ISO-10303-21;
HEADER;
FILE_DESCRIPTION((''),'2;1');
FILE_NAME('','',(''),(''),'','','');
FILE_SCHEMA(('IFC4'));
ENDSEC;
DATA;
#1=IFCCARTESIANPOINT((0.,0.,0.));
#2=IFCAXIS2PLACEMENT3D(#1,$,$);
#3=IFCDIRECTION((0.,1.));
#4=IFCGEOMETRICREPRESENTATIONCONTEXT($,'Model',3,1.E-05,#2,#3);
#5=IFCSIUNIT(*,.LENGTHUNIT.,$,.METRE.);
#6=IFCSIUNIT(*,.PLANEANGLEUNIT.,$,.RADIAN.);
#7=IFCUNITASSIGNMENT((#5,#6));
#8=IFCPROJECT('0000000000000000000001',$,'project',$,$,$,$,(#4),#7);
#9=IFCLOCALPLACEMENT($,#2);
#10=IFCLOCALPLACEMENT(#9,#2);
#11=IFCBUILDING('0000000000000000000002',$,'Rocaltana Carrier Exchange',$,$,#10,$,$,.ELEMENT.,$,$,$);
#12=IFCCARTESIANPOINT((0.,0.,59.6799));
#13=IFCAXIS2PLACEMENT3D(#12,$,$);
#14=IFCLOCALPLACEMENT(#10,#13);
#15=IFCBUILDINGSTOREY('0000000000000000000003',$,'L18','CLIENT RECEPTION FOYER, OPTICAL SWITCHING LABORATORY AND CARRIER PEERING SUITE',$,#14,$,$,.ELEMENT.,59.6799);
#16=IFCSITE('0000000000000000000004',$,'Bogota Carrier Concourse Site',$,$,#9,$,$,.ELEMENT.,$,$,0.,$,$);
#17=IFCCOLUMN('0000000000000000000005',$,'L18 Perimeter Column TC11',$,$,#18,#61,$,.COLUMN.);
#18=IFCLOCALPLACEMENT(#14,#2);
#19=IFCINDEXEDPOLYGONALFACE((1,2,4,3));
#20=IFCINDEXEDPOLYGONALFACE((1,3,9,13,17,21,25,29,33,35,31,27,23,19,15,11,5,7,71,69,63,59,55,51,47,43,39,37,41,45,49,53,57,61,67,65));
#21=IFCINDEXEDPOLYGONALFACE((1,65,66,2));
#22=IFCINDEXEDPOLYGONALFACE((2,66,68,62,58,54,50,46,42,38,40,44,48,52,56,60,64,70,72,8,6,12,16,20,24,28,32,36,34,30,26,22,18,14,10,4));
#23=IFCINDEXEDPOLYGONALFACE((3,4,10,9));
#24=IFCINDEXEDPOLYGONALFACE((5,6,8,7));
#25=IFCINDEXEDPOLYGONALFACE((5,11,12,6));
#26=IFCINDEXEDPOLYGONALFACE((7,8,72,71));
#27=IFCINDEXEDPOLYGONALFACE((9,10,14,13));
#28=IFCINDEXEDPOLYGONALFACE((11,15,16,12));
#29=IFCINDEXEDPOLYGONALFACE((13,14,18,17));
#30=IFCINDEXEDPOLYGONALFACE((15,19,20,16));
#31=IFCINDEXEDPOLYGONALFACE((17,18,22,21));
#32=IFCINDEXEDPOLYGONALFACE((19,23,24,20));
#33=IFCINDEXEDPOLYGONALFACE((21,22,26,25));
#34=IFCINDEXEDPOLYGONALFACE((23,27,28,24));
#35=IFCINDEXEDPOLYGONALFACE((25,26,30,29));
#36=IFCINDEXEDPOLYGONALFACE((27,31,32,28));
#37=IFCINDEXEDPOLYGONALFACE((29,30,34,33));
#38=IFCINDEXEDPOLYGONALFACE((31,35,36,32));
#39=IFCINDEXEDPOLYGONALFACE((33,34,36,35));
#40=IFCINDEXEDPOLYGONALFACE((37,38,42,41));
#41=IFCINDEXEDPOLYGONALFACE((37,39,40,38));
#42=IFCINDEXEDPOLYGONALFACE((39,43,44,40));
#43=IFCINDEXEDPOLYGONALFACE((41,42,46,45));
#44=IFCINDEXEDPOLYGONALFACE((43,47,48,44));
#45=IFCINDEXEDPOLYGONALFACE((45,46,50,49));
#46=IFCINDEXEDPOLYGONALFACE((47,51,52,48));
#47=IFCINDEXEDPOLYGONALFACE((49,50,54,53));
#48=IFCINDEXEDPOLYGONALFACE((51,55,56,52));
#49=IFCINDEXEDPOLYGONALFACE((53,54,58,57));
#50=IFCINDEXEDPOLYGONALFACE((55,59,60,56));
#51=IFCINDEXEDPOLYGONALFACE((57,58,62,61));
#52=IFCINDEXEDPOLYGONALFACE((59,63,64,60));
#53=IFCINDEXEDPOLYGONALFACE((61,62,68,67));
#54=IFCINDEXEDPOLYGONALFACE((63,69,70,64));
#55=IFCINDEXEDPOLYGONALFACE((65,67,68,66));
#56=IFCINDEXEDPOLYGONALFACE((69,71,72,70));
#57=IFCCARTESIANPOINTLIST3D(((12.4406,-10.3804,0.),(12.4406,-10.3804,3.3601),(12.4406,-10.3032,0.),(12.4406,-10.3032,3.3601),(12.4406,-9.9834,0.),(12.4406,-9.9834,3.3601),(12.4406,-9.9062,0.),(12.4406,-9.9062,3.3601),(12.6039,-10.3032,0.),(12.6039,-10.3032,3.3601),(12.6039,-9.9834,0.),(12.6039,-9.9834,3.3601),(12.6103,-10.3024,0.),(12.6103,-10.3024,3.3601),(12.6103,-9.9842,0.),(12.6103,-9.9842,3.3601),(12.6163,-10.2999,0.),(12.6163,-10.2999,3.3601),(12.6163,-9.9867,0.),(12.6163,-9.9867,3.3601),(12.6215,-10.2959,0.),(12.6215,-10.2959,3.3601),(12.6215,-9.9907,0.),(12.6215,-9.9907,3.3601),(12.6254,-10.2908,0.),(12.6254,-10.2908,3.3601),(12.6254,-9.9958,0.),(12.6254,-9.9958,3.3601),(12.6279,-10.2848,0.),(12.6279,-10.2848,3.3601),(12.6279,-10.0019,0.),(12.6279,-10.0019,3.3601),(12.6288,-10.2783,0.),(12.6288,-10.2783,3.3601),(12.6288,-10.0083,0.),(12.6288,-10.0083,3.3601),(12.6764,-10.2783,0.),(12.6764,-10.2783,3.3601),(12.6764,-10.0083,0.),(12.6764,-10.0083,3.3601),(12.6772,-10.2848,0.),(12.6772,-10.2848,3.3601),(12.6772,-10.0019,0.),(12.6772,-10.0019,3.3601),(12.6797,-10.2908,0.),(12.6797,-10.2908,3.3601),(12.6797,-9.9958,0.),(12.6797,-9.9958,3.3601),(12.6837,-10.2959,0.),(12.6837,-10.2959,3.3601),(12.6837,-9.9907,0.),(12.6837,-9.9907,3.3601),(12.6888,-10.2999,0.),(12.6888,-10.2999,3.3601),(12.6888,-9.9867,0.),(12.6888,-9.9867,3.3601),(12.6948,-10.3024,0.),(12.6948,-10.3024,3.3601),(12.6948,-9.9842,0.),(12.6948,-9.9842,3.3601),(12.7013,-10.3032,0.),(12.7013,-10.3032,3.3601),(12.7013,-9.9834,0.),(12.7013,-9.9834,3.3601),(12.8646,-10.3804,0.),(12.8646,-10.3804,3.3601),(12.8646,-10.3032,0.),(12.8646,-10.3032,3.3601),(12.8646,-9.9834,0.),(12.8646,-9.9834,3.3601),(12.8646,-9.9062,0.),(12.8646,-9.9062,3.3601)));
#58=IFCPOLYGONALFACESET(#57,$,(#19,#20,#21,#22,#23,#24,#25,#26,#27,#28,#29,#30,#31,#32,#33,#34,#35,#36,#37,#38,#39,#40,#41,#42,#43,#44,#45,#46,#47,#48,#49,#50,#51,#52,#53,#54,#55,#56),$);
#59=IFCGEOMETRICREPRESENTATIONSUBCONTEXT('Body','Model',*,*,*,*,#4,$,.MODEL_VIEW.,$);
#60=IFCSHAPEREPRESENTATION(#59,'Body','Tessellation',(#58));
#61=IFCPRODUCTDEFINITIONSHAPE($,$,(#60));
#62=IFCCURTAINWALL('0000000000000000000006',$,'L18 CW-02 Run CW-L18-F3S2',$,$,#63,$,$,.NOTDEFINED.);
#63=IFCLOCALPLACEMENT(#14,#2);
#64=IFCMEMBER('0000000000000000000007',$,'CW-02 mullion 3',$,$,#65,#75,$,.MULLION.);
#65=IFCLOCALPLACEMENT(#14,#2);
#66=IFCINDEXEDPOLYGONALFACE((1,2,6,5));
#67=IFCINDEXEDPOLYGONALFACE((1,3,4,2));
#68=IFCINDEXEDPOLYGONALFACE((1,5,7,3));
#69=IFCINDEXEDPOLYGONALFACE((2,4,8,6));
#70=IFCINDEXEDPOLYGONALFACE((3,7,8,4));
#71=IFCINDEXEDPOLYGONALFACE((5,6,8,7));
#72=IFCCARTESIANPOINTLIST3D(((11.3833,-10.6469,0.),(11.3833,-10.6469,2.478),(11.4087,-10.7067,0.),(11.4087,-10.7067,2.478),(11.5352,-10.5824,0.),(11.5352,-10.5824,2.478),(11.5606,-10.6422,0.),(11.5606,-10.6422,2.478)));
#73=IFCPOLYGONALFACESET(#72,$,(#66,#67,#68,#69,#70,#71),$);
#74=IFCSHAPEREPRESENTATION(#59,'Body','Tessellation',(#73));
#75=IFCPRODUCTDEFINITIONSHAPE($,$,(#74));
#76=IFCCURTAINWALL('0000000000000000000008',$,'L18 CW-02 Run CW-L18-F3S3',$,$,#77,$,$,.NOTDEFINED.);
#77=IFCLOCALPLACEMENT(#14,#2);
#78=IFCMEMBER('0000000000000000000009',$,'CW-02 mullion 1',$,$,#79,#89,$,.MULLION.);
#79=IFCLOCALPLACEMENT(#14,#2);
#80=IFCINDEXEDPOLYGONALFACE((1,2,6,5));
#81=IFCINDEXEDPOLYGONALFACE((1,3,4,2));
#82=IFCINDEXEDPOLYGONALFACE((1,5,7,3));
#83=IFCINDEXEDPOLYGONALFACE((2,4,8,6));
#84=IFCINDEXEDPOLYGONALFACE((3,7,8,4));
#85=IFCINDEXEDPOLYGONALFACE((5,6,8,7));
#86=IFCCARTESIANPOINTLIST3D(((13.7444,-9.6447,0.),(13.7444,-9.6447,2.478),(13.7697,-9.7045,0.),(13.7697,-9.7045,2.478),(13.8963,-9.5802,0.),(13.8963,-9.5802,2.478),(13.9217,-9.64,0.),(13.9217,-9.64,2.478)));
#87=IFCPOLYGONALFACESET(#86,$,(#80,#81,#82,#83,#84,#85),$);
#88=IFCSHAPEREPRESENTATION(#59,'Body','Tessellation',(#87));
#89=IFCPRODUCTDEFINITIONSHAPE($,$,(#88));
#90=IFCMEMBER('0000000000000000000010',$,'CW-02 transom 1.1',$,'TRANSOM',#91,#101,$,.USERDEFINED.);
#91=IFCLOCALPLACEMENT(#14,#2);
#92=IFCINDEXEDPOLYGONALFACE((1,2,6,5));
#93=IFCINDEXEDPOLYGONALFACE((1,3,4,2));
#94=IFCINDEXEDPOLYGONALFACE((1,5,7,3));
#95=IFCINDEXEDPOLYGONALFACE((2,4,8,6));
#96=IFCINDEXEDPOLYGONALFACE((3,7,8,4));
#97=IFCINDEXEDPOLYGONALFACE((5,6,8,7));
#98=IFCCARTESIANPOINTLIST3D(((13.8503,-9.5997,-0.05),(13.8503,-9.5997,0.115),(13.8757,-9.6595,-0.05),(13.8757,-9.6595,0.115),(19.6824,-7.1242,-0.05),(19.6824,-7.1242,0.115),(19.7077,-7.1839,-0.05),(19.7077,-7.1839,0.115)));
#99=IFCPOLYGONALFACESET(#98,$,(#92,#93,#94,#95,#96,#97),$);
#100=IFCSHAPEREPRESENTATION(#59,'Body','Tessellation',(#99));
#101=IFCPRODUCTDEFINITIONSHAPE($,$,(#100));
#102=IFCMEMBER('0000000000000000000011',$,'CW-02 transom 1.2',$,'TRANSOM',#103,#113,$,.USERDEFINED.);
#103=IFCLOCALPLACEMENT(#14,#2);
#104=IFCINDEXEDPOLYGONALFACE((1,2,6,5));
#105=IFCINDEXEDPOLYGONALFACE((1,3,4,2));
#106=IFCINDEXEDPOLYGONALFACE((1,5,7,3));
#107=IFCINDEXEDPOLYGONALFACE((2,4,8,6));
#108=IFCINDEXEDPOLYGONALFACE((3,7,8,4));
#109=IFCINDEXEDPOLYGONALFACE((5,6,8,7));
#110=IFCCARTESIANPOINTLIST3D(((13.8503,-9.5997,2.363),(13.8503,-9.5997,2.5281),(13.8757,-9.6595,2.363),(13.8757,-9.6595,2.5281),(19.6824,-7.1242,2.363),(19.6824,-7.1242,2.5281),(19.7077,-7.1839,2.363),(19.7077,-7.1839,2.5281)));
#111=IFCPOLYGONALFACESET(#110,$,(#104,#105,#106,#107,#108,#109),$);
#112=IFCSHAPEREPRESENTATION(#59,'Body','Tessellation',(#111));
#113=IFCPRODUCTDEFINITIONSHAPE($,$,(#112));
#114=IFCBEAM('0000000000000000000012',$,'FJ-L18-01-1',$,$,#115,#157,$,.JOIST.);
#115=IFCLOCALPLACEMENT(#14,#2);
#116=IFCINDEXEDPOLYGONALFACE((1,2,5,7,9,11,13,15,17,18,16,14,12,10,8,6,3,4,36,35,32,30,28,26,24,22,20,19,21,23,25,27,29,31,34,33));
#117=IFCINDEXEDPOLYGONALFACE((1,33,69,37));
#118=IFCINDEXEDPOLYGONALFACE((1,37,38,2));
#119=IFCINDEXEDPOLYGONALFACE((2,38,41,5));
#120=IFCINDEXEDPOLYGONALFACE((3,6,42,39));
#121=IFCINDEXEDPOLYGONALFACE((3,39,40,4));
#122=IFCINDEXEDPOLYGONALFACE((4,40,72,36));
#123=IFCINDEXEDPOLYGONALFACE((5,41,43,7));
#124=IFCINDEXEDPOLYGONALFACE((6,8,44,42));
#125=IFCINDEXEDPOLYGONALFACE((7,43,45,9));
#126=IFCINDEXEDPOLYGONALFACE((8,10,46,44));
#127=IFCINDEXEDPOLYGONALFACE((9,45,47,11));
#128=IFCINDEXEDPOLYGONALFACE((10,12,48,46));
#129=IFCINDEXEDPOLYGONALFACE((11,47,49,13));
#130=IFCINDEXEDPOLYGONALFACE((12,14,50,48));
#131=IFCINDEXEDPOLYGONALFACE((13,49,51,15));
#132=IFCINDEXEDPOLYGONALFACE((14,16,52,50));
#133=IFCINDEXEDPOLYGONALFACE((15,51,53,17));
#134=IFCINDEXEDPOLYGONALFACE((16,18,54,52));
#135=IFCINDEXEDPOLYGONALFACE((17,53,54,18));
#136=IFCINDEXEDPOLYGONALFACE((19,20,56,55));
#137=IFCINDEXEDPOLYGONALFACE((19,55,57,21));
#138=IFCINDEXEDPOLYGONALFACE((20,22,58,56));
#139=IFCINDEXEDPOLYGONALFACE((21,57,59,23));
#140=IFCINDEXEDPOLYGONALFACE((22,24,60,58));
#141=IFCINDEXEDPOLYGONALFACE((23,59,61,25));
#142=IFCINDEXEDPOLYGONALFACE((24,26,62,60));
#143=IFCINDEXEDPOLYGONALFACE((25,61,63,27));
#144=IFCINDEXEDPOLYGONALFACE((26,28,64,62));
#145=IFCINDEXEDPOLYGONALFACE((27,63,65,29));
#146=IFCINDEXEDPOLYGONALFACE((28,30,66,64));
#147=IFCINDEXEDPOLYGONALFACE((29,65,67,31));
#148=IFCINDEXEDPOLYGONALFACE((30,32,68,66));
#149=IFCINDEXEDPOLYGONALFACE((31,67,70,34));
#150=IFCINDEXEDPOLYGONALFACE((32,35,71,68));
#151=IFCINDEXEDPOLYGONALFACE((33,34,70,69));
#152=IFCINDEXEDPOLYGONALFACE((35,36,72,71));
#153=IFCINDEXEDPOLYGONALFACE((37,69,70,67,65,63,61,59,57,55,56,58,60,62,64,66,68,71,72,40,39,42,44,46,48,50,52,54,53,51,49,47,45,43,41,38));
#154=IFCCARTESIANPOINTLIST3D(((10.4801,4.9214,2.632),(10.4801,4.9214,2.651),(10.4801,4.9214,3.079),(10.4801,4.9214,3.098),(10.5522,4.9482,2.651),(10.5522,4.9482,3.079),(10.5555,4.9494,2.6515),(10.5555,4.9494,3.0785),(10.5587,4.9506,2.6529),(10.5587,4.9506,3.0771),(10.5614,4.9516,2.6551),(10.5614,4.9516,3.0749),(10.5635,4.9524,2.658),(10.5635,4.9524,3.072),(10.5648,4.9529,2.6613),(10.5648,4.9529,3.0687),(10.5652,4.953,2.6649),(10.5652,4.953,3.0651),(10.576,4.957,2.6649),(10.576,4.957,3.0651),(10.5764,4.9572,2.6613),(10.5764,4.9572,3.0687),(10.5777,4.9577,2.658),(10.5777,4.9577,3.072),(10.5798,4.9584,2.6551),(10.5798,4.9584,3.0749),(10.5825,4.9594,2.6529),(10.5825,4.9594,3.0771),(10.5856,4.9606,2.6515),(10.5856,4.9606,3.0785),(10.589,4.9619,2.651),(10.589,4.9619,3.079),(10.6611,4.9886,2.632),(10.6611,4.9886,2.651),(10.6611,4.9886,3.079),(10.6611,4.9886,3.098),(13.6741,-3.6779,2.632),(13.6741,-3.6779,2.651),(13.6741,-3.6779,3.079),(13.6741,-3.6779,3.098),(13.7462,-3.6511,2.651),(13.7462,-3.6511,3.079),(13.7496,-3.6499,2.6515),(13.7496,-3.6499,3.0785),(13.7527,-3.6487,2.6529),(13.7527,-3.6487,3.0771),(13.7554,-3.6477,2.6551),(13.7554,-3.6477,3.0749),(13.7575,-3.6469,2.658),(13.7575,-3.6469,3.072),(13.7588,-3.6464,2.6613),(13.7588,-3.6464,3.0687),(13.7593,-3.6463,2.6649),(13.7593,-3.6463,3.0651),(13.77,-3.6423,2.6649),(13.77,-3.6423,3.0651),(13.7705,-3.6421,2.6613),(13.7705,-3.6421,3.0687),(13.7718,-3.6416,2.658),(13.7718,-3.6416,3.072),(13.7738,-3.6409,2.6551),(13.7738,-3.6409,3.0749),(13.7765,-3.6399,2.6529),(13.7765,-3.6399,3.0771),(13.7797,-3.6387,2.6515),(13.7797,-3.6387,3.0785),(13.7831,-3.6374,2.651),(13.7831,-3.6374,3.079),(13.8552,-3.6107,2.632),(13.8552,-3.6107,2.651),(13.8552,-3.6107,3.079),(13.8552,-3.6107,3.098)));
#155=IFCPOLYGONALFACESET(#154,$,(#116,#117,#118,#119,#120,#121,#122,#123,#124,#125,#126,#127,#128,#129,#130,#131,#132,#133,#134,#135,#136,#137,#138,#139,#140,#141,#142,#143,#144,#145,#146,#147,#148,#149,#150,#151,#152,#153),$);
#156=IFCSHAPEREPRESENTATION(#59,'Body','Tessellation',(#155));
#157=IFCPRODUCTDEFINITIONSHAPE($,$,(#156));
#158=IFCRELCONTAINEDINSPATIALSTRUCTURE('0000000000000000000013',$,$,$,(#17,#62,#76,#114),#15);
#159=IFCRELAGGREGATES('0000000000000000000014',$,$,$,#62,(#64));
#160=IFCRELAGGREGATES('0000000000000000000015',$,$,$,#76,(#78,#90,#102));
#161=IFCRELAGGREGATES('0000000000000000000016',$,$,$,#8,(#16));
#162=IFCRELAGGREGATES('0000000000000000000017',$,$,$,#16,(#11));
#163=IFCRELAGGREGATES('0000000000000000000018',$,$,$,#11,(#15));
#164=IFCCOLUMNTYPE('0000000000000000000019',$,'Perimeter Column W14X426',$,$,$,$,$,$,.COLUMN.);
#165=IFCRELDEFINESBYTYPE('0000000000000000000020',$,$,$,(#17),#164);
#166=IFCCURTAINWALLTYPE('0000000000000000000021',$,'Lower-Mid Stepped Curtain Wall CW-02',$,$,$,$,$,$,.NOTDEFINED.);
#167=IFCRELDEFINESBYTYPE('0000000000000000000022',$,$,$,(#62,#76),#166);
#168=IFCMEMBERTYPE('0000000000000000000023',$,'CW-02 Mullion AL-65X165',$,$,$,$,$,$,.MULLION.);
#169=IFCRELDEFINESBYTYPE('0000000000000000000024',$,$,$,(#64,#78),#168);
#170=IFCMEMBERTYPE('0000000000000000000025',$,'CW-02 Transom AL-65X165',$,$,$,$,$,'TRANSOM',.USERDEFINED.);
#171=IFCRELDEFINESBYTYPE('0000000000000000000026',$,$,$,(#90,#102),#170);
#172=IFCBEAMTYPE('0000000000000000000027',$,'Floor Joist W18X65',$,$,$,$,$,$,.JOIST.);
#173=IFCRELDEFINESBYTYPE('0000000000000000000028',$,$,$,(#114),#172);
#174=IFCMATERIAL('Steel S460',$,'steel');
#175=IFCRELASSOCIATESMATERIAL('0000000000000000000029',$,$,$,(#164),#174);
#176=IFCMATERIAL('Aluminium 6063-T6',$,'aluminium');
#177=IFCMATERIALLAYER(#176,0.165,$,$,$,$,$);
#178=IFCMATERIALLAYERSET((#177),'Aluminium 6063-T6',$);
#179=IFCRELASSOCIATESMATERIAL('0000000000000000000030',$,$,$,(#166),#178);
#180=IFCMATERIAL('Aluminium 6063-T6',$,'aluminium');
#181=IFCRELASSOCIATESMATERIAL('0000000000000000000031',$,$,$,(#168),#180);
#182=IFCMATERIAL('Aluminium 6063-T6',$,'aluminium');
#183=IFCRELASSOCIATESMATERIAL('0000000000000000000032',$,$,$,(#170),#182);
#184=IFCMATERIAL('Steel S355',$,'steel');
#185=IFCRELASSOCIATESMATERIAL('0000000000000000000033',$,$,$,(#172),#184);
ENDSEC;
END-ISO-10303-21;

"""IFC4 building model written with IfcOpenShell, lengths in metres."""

from ifc_helpers import new_model, si_unit, direction, frame, origin, origin_2d, place, context, subcontext, project, spatial, rectangle, i_section, extrude, material, layer, layer_set, material_profile, profile_set, type_object, element, aggregate, save


model = new_model("IFC4")

# Units and contexts
model_context = context("Model", 3, precision=1e-05, world=origin(), true_north=direction((0.0, 1.0)))
body_context = subcontext(model_context, "Body", "Model", "MODEL_VIEW")
ifc_project = project(units=[si_unit("LENGTHUNIT", "METRE"), si_unit("PLANEANGLEUNIT", "RADIAN")], contexts=[model_context])

# Site, building, storey
site_placement = place(None, origin())
site = spatial("IfcSite", under=ifc_project, at=site_placement, Name="Bogota Carrier Concourse Site", CompositionType="ELEMENT", RefElevation=0.0)
building_placement = place(site_placement, origin())
building = spatial("IfcBuilding", under=site, at=building_placement, Name="Rocaltana Carrier Exchange", CompositionType="ELEMENT")
storey_placement = place(building_placement, frame((0.0, 0.0, 59.6799)))
storey = spatial("IfcBuildingStorey", under=building, at=storey_placement, Name="L18", Description="CLIENT RECEPTION FOYER, OPTICAL SWITCHING LABORATORY AND CARRIER PEERING SUITE", CompositionType="ELEMENT", Elevation=59.6799)

# Column
ifc_material_1 = material(Name="Steel S460", Category="steel")
ifc_material_profile_1 = material_profile(ifc_material_1, i_section(OverallWidth=0.4241, OverallDepth=0.4741, WebThickness=0.0476, FlangeThickness=0.0771, FilletRadius=0.0249, at=origin_2d()), Name="W14X426")
ifc_profile_set_1 = profile_set([ifc_material_profile_1], Name="Steel S460")
column_type = type_object("IfcColumnType", Name="Perimeter Column W14X426", PredefinedType="COLUMN", material=ifc_profile_set_1)
column_placement = place(storey_placement, frame((12.6526, -10.1433, 0.0), z_axis=(0.0, 0.0, 1.0), x_axis=(1.0, 0.0, 0.0)))
element("IfcColumn", 1, at=column_placement, inside=storey, type_object=column_type, Name="L18 Perimeter Column TC11", PredefinedType="COLUMN", context=body_context, shape_type="SweptSolid", body=[
    extrude(i_section(OverallWidth=0.4241, OverallDepth=0.4741, WebThickness=0.0476, FlangeThickness=0.0771, FilletRadius=0.0249, at=origin_2d()), origin(), (0.0, 0.0, 1.0), 3.3601),
])

# Curtain wall, member
ifc_material_2 = material(Name="Aluminium 6063-T6", Category="aluminium")
ifc_layer_1 = layer(ifc_material_2, 0.165)
ifc_layer_set_1 = layer_set([ifc_layer_1], Name="Aluminium 6063-T6")
curtain_wall_type = type_object("IfcCurtainWallType", Name="Lower-Mid Stepped Curtain Wall CW-02", PredefinedType="NOTDEFINED", material=ifc_layer_set_1)
curtain_wall_1_placement = place(storey_placement, origin())
curtain_wall_1 = element("IfcCurtainWall", 2, at=curtain_wall_1_placement, inside=storey, type_object=curtain_wall_type, Name="L18 CW-02 Run CW-L18-F3S2", PredefinedType="NOTDEFINED")
ifc_material_3 = material(Name="Aluminium 6063-T6", Category="aluminium")
ifc_material_profile_2 = material_profile(ifc_material_3, rectangle(XDim=0.0649, YDim=0.165, at=origin_2d()), Name="AL-65X165")
ifc_profile_set_2 = profile_set([ifc_material_profile_2], Name="Aluminium 6063-T6")
member_type_1 = type_object("IfcMemberType", Name="CW-02 Mullion AL-65X165", PredefinedType="MULLION", material=ifc_profile_set_2)
member_1_placement = place(storey_placement, frame((11.4719, -10.6445, 0.0), z_axis=(0.0, 0.0, 1.0), x_axis=(-0.390729, 0.920506, 0.0)))
member_1 = element("IfcMember", 3, at=member_1_placement, type_object=member_type_1, Name="CW-02 mullion 3", PredefinedType="MULLION", context=body_context, shape_type="SweptSolid", body=[
    extrude(rectangle(XDim=0.0649, YDim=0.165, at=origin_2d()), origin(), (0.0, 0.0, 1.0), 2.478),
])
aggregate(curtain_wall_1, [member_1])

# Curtain wall, members
curtain_wall_2_placement = place(storey_placement, origin())
curtain_wall_2 = element("IfcCurtainWall", 4, at=curtain_wall_2_placement, inside=storey, type_object=curtain_wall_type, Name="L18 CW-02 Run CW-L18-F3S3", PredefinedType="NOTDEFINED")
member_2_placement = place(storey_placement, frame((13.833, -9.6423, 0.0), z_axis=(0.0, 0.0, 1.0), x_axis=(-0.390735, 0.920503, 0.0)))
member_2 = element("IfcMember", 5, at=member_2_placement, type_object=member_type_1, Name="CW-02 mullion 1", PredefinedType="MULLION", context=body_context, shape_type="SweptSolid", body=[
    extrude(rectangle(XDim=0.0649, YDim=0.165, at=origin_2d()), origin(), (0.0, 0.0, 1.0), 2.478),
])
ifc_material_4 = material(Name="Aluminium 6063-T6", Category="aluminium")
ifc_material_profile_3 = material_profile(ifc_material_4, rectangle(XDim=0.0649, YDim=0.165, at=origin_2d()), Name="AL-65X165")
ifc_profile_set_3 = profile_set([ifc_material_profile_3], Name="Aluminium 6063-T6")
member_type_2 = type_object("IfcMemberType", Name="CW-02 Transom AL-65X165", ElementType="TRANSOM", PredefinedType="USERDEFINED", material=ifc_profile_set_3)
member_3_placement = place(storey_placement, frame((13.863, -9.6296, 0.0325), z_axis=(0.920503, 0.390736, 0.0), x_axis=(-0.390736, 0.920503, 0.0)))
member_3 = element("IfcMember", 6, at=member_3_placement, type_object=member_type_2, Name="CW-02 transom 1.1", ObjectType="TRANSOM", PredefinedType="USERDEFINED", context=body_context, shape_type="SweptSolid", body=[
    extrude(rectangle(XDim=0.0649, YDim=0.165, at=origin_2d()), origin(), (0.0, 0.0, 1.0), 6.3357),
])
member_4_placement = place(storey_placement, frame((13.863, -9.6296, 2.4456), z_axis=(0.920503, 0.390736, 0.0), x_axis=(-0.390736, 0.920503, 0.0)))
member_4 = element("IfcMember", 7, at=member_4_placement, type_object=member_type_2, Name="CW-02 transom 1.2", ObjectType="TRANSOM", PredefinedType="USERDEFINED", context=body_context, shape_type="SweptSolid", body=[
    extrude(rectangle(XDim=0.0649, YDim=0.165, at=origin_2d()), origin(), (0.0, 0.0, 1.0), 6.3357),
])

# Beam
ifc_material_5 = material(Name="Steel S355", Category="steel")
ifc_material_profile_4 = material_profile(ifc_material_5, i_section(OverallWidth=0.1931, OverallDepth=0.4661, WebThickness=0.0115, FlangeThickness=0.019, FilletRadius=0.0139, at=origin_2d()), Name="W18X65")
ifc_profile_set_4 = profile_set([ifc_material_profile_4], Name="Steel S355")
beam_type_1 = type_object("IfcBeamType", Name="Floor Joist W18X65", PredefinedType="JOIST", material=ifc_profile_set_4)
beam_1_placement = place(storey_placement, frame((13.7646, -3.6443, 2.865), z_axis=(-0.348191, 0.937424, 0.0), x_axis=(-0.937424, -0.348191, 0.0)))
element("IfcBeam", 8, at=beam_1_placement, inside=storey, type_object=beam_type_1, Name="FJ-L18-01-1", PredefinedType="JOIST", context=body_context, shape_type="SweptSolid", body=[
    extrude(i_section(OverallWidth=0.1931, OverallDepth=0.4661, WebThickness=0.0115, FlangeThickness=0.019, FilletRadius=0.0139, at=origin_2d()), origin(), (0.0, 0.0, 1.0), 9.1733),
])

aggregate(curtain_wall_2, [member_2, member_3, member_4])

save(model, "model.ifc")
